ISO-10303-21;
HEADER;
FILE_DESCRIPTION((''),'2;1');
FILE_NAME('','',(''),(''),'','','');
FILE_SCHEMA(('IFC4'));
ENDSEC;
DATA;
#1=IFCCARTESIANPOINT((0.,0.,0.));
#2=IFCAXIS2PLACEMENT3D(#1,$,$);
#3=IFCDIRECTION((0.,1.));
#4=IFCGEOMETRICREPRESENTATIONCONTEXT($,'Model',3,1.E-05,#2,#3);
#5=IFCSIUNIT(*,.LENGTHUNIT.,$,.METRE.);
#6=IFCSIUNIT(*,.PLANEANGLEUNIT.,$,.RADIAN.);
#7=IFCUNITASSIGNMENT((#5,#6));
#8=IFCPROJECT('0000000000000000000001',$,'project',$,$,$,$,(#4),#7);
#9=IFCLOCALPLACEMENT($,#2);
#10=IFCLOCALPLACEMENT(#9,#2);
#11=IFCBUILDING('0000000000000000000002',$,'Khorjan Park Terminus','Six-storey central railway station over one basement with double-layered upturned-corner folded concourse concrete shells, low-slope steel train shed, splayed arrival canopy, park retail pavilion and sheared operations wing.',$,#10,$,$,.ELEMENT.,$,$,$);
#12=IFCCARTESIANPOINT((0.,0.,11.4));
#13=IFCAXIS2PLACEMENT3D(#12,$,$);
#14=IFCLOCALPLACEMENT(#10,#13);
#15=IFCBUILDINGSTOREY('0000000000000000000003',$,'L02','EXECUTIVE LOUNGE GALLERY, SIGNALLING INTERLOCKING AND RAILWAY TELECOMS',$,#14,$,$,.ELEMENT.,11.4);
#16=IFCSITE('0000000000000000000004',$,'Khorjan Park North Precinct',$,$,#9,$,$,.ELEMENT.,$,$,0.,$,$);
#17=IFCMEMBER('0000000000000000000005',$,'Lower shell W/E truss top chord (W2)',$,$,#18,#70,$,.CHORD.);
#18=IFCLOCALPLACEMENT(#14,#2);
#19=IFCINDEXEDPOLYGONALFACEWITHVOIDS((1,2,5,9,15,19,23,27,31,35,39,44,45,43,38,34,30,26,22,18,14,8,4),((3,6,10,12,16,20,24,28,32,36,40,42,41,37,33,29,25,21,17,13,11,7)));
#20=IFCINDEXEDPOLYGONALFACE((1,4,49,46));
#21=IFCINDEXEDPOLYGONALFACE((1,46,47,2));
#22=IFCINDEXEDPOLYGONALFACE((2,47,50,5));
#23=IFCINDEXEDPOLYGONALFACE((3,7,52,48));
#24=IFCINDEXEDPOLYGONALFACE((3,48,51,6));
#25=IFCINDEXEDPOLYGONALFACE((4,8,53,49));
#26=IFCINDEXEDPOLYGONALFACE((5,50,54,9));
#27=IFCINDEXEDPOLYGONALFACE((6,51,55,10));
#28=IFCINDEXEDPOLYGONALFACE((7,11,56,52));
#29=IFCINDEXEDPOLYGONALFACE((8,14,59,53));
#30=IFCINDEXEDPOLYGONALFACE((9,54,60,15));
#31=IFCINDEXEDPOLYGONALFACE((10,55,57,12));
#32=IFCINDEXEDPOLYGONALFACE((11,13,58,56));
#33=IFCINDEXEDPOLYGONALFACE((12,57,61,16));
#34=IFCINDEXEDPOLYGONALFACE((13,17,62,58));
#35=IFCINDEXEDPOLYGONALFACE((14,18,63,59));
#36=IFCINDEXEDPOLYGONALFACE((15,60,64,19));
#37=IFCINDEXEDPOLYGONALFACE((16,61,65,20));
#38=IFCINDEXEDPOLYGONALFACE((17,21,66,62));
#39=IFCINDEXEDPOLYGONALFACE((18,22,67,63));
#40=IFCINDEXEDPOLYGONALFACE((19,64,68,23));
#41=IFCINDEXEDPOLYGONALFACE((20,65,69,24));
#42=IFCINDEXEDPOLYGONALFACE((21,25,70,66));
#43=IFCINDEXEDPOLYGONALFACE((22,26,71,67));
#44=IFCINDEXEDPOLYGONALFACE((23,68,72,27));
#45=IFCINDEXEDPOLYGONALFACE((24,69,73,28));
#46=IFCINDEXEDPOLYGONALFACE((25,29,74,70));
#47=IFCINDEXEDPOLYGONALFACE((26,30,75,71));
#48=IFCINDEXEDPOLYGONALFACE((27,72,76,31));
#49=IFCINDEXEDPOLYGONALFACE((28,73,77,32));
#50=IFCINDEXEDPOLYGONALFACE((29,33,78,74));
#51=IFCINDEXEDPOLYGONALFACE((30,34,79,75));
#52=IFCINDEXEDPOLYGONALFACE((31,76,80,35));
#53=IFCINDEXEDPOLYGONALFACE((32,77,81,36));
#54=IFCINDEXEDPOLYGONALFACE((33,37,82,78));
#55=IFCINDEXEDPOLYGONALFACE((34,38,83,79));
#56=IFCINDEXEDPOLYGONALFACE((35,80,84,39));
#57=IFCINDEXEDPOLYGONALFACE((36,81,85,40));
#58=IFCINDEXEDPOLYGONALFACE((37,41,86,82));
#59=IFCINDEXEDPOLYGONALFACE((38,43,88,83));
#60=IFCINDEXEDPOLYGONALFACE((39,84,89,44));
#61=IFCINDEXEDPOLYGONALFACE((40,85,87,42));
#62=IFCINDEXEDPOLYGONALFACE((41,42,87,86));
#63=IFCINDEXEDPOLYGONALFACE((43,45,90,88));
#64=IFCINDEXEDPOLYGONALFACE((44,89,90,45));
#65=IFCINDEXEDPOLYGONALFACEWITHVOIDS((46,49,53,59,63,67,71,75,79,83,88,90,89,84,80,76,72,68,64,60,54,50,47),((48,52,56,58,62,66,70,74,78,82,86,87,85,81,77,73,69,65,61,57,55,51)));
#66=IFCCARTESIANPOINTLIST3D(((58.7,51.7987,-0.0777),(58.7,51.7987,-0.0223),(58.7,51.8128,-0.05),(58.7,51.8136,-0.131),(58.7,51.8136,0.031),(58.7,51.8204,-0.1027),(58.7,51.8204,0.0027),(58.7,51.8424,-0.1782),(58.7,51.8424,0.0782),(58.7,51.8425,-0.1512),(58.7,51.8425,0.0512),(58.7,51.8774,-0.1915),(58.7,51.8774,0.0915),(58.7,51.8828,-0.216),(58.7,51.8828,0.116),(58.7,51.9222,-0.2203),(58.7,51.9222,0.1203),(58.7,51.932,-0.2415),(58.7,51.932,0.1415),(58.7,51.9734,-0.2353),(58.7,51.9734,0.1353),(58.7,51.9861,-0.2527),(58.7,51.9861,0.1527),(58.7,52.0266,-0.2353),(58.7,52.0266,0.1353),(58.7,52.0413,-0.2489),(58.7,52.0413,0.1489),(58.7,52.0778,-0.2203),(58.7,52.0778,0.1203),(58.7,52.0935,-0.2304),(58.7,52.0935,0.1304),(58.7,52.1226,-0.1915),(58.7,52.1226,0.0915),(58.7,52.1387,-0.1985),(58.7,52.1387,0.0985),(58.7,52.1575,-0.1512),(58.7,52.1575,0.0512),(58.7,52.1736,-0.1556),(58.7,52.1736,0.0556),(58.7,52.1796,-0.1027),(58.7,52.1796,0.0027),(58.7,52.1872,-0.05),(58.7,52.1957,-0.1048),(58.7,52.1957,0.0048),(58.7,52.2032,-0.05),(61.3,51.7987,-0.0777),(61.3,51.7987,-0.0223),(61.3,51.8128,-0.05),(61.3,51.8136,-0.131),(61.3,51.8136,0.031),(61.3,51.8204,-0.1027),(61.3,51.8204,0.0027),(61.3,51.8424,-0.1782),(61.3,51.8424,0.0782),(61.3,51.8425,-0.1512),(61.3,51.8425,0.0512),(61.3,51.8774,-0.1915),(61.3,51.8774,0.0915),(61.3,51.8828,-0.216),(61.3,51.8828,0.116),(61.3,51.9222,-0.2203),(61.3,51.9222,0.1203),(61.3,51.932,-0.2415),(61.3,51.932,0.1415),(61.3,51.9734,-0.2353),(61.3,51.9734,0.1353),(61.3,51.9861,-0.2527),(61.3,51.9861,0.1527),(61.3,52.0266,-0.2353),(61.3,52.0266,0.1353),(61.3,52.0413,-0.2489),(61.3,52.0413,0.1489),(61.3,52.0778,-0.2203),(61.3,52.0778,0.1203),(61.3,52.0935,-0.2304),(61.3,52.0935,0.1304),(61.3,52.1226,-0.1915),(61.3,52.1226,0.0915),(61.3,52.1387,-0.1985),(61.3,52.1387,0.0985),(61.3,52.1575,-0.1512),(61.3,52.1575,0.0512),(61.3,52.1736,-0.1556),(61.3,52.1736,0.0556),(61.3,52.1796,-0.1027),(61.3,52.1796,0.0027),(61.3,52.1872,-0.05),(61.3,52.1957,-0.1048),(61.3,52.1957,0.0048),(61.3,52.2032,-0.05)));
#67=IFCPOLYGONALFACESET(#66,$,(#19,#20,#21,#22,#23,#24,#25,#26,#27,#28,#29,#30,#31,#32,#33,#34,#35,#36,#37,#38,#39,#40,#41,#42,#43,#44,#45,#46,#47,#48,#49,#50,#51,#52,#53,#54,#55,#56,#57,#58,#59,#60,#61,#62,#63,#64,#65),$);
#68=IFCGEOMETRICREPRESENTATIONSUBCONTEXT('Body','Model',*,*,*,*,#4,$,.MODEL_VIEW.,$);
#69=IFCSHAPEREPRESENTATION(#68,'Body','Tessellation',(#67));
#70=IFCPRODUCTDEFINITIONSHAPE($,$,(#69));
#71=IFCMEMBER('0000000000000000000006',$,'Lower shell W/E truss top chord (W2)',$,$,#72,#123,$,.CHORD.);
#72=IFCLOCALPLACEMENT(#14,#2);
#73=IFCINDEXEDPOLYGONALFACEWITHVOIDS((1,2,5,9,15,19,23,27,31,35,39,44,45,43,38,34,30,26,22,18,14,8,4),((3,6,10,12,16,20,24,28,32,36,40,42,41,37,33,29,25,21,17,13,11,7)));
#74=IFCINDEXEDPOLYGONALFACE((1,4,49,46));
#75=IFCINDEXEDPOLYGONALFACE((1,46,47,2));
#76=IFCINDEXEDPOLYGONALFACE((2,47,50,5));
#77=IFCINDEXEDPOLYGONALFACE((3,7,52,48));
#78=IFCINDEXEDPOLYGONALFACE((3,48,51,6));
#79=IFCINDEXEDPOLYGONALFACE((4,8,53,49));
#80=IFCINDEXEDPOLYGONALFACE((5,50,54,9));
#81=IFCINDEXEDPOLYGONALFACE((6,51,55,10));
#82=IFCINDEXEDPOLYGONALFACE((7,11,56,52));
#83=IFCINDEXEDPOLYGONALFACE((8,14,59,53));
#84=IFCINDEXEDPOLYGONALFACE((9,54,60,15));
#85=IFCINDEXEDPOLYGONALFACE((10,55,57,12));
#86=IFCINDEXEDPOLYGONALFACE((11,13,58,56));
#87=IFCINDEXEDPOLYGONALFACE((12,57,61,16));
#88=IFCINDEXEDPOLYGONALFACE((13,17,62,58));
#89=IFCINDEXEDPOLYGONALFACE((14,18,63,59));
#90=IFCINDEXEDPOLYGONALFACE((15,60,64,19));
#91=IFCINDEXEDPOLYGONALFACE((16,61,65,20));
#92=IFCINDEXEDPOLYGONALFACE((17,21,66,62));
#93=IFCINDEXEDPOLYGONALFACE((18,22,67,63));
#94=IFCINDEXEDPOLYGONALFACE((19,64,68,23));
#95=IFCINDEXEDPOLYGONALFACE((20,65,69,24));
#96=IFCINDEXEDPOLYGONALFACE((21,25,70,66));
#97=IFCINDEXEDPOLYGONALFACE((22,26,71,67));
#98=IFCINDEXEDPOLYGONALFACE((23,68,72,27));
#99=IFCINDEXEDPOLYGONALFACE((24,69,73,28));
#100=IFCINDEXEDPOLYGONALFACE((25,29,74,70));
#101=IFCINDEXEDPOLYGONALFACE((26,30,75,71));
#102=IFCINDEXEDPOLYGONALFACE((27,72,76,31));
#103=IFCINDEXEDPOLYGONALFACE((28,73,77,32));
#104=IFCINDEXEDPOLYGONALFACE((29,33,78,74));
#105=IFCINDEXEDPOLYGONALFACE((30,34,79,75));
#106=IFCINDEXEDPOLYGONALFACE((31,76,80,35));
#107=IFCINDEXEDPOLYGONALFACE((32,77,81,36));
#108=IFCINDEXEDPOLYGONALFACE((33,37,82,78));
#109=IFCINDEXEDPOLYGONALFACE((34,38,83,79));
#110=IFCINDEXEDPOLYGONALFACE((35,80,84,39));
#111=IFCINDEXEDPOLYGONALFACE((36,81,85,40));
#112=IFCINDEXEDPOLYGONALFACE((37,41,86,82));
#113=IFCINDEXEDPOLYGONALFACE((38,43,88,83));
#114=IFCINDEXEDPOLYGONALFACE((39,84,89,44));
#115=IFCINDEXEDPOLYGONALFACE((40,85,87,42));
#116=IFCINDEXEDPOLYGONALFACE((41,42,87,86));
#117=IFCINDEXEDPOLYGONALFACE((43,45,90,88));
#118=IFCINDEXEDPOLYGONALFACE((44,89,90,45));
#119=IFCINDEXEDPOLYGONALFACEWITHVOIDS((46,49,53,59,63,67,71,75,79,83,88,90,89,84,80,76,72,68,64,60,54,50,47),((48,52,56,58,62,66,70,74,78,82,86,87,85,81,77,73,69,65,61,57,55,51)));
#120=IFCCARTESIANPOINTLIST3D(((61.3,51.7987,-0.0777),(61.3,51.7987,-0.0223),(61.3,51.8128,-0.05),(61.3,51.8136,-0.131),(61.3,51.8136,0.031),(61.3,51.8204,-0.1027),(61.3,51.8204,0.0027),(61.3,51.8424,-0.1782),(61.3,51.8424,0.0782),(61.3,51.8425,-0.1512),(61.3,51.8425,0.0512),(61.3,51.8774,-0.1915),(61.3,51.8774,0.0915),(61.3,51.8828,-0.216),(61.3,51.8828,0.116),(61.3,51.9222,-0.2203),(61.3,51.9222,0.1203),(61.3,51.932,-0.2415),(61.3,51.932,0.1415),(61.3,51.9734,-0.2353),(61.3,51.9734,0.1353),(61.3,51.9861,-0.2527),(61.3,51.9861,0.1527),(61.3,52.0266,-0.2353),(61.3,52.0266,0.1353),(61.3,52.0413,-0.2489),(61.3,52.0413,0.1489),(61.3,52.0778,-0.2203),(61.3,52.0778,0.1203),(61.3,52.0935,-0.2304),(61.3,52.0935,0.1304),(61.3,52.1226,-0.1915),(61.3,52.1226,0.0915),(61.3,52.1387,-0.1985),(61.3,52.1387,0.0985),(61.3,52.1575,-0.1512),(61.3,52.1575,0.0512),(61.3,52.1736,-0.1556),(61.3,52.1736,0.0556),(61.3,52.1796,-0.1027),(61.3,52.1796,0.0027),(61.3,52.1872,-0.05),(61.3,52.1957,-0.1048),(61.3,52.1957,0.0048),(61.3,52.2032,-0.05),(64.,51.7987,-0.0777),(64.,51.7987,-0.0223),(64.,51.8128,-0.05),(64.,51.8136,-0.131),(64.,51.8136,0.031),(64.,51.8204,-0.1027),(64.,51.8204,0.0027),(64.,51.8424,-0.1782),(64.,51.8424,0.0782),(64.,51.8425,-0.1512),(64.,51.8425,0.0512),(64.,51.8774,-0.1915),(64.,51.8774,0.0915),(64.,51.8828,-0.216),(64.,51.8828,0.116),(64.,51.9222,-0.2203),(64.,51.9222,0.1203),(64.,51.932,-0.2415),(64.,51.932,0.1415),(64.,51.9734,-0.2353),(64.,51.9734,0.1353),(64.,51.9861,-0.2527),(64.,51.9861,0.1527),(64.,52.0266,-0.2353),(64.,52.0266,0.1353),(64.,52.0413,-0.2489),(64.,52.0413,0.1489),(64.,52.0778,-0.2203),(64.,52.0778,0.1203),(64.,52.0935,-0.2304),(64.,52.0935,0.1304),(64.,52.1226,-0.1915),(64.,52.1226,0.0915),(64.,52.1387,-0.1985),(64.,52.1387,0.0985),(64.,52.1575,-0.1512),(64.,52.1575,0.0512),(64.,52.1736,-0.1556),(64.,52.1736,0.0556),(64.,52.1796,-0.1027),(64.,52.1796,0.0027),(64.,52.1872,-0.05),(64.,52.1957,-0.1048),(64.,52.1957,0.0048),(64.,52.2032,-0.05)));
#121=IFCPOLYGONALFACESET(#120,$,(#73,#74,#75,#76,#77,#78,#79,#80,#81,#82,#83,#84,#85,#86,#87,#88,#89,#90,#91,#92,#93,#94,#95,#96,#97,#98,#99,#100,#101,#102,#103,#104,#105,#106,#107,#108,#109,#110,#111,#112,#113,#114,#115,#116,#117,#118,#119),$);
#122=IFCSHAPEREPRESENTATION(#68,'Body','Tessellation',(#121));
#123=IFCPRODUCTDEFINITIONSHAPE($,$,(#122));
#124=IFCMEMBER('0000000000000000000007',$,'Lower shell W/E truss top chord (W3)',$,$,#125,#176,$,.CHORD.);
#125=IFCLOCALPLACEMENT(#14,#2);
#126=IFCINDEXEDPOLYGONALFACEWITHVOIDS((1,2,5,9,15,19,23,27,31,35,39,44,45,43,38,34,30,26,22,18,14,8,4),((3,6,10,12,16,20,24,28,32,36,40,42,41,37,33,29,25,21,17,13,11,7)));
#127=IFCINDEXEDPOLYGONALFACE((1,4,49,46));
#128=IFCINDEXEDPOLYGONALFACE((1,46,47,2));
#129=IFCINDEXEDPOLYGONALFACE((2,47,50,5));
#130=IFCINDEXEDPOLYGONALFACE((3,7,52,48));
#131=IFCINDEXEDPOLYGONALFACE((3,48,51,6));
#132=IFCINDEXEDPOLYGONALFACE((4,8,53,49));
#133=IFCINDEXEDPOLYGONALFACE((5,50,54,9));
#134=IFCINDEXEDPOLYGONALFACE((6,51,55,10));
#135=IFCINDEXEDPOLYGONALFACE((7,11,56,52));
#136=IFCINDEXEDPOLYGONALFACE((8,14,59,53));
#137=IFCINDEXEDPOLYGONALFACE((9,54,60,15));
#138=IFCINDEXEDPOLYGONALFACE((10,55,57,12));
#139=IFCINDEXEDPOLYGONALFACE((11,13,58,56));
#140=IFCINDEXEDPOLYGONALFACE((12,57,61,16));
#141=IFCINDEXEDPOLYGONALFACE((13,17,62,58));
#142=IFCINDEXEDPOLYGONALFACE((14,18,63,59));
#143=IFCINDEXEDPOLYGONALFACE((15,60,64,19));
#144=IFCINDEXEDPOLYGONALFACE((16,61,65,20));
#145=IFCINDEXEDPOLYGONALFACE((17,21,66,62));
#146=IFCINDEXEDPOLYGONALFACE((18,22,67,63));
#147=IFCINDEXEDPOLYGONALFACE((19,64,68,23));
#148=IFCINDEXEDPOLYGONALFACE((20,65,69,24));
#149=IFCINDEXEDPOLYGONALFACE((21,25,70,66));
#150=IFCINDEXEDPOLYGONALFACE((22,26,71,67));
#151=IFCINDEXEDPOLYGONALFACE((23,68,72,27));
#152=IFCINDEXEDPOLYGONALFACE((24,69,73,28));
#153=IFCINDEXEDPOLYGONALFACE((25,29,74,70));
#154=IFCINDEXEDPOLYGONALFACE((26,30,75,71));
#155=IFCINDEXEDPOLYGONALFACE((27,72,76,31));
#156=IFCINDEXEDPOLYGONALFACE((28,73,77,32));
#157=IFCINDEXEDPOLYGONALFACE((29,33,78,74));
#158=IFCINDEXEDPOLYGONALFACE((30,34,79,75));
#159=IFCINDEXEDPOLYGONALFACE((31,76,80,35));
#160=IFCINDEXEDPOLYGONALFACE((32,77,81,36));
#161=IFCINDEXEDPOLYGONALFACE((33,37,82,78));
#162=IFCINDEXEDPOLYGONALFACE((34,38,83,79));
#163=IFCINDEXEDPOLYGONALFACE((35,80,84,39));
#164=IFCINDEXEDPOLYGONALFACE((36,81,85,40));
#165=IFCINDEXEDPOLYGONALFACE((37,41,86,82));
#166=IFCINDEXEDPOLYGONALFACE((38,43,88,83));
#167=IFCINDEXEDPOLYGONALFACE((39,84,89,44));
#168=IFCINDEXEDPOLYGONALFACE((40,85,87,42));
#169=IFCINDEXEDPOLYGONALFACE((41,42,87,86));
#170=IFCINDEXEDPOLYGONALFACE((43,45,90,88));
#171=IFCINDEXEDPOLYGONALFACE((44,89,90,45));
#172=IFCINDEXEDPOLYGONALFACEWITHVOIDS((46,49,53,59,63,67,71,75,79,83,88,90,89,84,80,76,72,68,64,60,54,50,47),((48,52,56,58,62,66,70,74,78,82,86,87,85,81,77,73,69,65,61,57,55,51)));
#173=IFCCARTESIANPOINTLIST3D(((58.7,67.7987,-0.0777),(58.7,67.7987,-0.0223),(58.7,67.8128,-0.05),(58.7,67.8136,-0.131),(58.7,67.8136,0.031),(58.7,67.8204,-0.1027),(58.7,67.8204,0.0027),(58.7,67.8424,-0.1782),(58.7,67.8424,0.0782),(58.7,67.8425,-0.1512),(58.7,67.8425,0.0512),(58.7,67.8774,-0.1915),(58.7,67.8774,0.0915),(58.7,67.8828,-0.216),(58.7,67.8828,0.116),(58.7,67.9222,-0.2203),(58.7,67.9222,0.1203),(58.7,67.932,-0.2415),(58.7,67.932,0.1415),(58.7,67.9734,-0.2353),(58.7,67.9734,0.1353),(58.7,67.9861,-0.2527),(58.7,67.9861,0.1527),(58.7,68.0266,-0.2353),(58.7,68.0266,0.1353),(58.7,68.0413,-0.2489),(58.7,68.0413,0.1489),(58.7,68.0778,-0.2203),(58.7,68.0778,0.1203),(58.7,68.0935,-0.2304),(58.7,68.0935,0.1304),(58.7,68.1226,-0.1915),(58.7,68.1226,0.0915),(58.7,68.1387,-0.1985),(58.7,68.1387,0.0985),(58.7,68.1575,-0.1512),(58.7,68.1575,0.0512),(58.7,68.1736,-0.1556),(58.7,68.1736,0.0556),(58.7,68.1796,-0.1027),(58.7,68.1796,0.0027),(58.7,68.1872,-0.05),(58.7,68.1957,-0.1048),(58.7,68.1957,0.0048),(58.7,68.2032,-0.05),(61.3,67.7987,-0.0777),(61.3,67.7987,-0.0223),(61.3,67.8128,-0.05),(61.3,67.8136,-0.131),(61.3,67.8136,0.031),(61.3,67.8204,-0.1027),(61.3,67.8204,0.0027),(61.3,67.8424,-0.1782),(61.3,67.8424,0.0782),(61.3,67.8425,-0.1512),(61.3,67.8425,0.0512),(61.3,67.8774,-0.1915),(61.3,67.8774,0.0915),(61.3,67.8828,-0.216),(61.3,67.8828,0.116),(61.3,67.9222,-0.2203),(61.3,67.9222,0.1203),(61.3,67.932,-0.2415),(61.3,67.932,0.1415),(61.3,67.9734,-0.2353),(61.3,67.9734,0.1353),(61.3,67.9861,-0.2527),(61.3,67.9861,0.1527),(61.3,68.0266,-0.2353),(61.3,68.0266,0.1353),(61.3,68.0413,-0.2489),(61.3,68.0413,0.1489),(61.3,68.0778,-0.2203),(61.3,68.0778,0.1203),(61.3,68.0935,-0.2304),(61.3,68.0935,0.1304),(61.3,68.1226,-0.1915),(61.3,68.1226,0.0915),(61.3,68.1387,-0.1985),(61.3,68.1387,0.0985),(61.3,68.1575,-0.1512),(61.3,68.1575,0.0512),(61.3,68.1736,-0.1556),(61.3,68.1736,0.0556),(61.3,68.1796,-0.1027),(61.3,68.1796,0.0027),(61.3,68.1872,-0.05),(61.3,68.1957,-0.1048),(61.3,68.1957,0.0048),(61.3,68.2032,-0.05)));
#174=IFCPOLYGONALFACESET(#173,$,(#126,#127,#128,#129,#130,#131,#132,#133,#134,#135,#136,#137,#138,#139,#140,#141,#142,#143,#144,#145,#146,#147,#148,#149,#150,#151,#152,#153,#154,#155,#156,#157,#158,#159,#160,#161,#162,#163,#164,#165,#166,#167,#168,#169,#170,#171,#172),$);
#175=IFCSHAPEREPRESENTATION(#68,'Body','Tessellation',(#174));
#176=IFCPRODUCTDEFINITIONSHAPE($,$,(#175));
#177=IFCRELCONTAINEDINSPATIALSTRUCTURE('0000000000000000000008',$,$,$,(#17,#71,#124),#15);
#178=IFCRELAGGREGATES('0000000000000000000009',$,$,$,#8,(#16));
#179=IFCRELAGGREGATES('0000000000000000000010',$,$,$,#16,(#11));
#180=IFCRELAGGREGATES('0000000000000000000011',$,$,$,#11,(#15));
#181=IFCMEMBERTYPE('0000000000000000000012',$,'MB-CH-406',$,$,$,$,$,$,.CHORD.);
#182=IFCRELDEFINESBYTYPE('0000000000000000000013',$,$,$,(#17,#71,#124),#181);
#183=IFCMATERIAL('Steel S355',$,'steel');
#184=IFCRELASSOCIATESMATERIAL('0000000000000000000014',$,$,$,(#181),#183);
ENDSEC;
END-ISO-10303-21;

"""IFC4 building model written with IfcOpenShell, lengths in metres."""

from ifc_helpers import new_model, si_unit, direction, frame, origin, origin_2d, place, context, subcontext, project, spatial, hollow_circle, extrude, material, material_profile, profile_set, type_object, element, save


model = new_model("IFC4")

# Units and contexts
model_context = context("Model", 3, precision=1e-05, world=origin(), true_north=direction((0.0, 1.0)))
body_context = subcontext(model_context, "Body", "Model", "MODEL_VIEW")
ifc_project = project(units=[si_unit("LENGTHUNIT", "METRE"), si_unit("PLANEANGLEUNIT", "RADIAN")], contexts=[model_context])

# Site, building, storey
site_placement = place(None, origin())
site = spatial("IfcSite", under=ifc_project, at=site_placement, Name="Khorjan Park North Precinct", CompositionType="ELEMENT", RefElevation=0.0)
building_placement = place(site_placement, origin())
building = spatial("IfcBuilding", under=site, at=building_placement, Name="Khorjan Park Terminus", Description="Six-storey central railway station over one basement with double-layered upturned-corner folded concourse concrete shells, low-slope steel train shed, splayed arrival canopy, park retail pavilion and sheared operations wing.", CompositionType="ELEMENT")
storey_placement = place(building_placement, frame((0.0, 0.0, 11.4)))
storey = spatial("IfcBuildingStorey", under=building, at=storey_placement, Name="L02", Description="EXECUTIVE LOUNGE GALLERY, SIGNALLING INTERLOCKING AND RAILWAY TELECOMS", CompositionType="ELEMENT", Elevation=11.4)

# Shared definitions
ifc_material = material(Name="Steel S355", Category="steel")

# Members
ifc_material_profile_1 = material_profile(ifc_material, hollow_circle(Radius=0.2032, WallThickness=0.016, at=origin_2d()), Name="CHS 406.4x16")
ifc_profile_set_1 = profile_set([ifc_material_profile_1], Name="Steel S355")
member_type_1 = type_object("IfcMemberType", Name="MB-CH-406", PredefinedType="CHORD", material=ifc_profile_set_1)
member_1_placement = place(storey_placement, frame((58.7, 52.0, -0.05), z_axis=(1.0, 0.0, 0.0), x_axis=(0.0, 1.0, 0.0)))
element("IfcMember", 1, at=member_1_placement, inside=storey, type_object=member_type_1, Name="Lower shell W/E truss top chord (W2)", PredefinedType="CHORD", context=body_context, shape_type="SweptSolid", body=[
    extrude(hollow_circle(Radius=0.2032, WallThickness=0.016, at=origin_2d()), origin(), (0.0, 0.0, 1.0), 2.6),
])
member_2_placement = place(storey_placement, frame((61.3, 52.0, -0.05), z_axis=(1.0, 0.0, 0.0), x_axis=(0.0, 1.0, 0.0)))
element("IfcMember", 2, at=member_2_placement, inside=storey, type_object=member_type_1, Name="Lower shell W/E truss top chord (W2)", PredefinedType="CHORD", context=body_context, shape_type="SweptSolid", body=[
    extrude(hollow_circle(Radius=0.2032, WallThickness=0.016, at=origin_2d()), origin(), (0.0, 0.0, 1.0), 2.7),
])
member_3_placement = place(storey_placement, frame((58.7, 68.0, -0.05), z_axis=(1.0, 0.0, 0.0), x_axis=(0.0, 1.0, 0.0)))
element("IfcMember", 3, at=member_3_placement, inside=storey, type_object=member_type_1, Name="Lower shell W/E truss top chord (W3)", PredefinedType="CHORD", context=body_context, shape_type="SweptSolid", body=[
    extrude(hollow_circle(Radius=0.2032, WallThickness=0.016, at=origin_2d()), origin(), (0.0, 0.0, 1.0), 2.6),
])

save(model, "model.ifc")
